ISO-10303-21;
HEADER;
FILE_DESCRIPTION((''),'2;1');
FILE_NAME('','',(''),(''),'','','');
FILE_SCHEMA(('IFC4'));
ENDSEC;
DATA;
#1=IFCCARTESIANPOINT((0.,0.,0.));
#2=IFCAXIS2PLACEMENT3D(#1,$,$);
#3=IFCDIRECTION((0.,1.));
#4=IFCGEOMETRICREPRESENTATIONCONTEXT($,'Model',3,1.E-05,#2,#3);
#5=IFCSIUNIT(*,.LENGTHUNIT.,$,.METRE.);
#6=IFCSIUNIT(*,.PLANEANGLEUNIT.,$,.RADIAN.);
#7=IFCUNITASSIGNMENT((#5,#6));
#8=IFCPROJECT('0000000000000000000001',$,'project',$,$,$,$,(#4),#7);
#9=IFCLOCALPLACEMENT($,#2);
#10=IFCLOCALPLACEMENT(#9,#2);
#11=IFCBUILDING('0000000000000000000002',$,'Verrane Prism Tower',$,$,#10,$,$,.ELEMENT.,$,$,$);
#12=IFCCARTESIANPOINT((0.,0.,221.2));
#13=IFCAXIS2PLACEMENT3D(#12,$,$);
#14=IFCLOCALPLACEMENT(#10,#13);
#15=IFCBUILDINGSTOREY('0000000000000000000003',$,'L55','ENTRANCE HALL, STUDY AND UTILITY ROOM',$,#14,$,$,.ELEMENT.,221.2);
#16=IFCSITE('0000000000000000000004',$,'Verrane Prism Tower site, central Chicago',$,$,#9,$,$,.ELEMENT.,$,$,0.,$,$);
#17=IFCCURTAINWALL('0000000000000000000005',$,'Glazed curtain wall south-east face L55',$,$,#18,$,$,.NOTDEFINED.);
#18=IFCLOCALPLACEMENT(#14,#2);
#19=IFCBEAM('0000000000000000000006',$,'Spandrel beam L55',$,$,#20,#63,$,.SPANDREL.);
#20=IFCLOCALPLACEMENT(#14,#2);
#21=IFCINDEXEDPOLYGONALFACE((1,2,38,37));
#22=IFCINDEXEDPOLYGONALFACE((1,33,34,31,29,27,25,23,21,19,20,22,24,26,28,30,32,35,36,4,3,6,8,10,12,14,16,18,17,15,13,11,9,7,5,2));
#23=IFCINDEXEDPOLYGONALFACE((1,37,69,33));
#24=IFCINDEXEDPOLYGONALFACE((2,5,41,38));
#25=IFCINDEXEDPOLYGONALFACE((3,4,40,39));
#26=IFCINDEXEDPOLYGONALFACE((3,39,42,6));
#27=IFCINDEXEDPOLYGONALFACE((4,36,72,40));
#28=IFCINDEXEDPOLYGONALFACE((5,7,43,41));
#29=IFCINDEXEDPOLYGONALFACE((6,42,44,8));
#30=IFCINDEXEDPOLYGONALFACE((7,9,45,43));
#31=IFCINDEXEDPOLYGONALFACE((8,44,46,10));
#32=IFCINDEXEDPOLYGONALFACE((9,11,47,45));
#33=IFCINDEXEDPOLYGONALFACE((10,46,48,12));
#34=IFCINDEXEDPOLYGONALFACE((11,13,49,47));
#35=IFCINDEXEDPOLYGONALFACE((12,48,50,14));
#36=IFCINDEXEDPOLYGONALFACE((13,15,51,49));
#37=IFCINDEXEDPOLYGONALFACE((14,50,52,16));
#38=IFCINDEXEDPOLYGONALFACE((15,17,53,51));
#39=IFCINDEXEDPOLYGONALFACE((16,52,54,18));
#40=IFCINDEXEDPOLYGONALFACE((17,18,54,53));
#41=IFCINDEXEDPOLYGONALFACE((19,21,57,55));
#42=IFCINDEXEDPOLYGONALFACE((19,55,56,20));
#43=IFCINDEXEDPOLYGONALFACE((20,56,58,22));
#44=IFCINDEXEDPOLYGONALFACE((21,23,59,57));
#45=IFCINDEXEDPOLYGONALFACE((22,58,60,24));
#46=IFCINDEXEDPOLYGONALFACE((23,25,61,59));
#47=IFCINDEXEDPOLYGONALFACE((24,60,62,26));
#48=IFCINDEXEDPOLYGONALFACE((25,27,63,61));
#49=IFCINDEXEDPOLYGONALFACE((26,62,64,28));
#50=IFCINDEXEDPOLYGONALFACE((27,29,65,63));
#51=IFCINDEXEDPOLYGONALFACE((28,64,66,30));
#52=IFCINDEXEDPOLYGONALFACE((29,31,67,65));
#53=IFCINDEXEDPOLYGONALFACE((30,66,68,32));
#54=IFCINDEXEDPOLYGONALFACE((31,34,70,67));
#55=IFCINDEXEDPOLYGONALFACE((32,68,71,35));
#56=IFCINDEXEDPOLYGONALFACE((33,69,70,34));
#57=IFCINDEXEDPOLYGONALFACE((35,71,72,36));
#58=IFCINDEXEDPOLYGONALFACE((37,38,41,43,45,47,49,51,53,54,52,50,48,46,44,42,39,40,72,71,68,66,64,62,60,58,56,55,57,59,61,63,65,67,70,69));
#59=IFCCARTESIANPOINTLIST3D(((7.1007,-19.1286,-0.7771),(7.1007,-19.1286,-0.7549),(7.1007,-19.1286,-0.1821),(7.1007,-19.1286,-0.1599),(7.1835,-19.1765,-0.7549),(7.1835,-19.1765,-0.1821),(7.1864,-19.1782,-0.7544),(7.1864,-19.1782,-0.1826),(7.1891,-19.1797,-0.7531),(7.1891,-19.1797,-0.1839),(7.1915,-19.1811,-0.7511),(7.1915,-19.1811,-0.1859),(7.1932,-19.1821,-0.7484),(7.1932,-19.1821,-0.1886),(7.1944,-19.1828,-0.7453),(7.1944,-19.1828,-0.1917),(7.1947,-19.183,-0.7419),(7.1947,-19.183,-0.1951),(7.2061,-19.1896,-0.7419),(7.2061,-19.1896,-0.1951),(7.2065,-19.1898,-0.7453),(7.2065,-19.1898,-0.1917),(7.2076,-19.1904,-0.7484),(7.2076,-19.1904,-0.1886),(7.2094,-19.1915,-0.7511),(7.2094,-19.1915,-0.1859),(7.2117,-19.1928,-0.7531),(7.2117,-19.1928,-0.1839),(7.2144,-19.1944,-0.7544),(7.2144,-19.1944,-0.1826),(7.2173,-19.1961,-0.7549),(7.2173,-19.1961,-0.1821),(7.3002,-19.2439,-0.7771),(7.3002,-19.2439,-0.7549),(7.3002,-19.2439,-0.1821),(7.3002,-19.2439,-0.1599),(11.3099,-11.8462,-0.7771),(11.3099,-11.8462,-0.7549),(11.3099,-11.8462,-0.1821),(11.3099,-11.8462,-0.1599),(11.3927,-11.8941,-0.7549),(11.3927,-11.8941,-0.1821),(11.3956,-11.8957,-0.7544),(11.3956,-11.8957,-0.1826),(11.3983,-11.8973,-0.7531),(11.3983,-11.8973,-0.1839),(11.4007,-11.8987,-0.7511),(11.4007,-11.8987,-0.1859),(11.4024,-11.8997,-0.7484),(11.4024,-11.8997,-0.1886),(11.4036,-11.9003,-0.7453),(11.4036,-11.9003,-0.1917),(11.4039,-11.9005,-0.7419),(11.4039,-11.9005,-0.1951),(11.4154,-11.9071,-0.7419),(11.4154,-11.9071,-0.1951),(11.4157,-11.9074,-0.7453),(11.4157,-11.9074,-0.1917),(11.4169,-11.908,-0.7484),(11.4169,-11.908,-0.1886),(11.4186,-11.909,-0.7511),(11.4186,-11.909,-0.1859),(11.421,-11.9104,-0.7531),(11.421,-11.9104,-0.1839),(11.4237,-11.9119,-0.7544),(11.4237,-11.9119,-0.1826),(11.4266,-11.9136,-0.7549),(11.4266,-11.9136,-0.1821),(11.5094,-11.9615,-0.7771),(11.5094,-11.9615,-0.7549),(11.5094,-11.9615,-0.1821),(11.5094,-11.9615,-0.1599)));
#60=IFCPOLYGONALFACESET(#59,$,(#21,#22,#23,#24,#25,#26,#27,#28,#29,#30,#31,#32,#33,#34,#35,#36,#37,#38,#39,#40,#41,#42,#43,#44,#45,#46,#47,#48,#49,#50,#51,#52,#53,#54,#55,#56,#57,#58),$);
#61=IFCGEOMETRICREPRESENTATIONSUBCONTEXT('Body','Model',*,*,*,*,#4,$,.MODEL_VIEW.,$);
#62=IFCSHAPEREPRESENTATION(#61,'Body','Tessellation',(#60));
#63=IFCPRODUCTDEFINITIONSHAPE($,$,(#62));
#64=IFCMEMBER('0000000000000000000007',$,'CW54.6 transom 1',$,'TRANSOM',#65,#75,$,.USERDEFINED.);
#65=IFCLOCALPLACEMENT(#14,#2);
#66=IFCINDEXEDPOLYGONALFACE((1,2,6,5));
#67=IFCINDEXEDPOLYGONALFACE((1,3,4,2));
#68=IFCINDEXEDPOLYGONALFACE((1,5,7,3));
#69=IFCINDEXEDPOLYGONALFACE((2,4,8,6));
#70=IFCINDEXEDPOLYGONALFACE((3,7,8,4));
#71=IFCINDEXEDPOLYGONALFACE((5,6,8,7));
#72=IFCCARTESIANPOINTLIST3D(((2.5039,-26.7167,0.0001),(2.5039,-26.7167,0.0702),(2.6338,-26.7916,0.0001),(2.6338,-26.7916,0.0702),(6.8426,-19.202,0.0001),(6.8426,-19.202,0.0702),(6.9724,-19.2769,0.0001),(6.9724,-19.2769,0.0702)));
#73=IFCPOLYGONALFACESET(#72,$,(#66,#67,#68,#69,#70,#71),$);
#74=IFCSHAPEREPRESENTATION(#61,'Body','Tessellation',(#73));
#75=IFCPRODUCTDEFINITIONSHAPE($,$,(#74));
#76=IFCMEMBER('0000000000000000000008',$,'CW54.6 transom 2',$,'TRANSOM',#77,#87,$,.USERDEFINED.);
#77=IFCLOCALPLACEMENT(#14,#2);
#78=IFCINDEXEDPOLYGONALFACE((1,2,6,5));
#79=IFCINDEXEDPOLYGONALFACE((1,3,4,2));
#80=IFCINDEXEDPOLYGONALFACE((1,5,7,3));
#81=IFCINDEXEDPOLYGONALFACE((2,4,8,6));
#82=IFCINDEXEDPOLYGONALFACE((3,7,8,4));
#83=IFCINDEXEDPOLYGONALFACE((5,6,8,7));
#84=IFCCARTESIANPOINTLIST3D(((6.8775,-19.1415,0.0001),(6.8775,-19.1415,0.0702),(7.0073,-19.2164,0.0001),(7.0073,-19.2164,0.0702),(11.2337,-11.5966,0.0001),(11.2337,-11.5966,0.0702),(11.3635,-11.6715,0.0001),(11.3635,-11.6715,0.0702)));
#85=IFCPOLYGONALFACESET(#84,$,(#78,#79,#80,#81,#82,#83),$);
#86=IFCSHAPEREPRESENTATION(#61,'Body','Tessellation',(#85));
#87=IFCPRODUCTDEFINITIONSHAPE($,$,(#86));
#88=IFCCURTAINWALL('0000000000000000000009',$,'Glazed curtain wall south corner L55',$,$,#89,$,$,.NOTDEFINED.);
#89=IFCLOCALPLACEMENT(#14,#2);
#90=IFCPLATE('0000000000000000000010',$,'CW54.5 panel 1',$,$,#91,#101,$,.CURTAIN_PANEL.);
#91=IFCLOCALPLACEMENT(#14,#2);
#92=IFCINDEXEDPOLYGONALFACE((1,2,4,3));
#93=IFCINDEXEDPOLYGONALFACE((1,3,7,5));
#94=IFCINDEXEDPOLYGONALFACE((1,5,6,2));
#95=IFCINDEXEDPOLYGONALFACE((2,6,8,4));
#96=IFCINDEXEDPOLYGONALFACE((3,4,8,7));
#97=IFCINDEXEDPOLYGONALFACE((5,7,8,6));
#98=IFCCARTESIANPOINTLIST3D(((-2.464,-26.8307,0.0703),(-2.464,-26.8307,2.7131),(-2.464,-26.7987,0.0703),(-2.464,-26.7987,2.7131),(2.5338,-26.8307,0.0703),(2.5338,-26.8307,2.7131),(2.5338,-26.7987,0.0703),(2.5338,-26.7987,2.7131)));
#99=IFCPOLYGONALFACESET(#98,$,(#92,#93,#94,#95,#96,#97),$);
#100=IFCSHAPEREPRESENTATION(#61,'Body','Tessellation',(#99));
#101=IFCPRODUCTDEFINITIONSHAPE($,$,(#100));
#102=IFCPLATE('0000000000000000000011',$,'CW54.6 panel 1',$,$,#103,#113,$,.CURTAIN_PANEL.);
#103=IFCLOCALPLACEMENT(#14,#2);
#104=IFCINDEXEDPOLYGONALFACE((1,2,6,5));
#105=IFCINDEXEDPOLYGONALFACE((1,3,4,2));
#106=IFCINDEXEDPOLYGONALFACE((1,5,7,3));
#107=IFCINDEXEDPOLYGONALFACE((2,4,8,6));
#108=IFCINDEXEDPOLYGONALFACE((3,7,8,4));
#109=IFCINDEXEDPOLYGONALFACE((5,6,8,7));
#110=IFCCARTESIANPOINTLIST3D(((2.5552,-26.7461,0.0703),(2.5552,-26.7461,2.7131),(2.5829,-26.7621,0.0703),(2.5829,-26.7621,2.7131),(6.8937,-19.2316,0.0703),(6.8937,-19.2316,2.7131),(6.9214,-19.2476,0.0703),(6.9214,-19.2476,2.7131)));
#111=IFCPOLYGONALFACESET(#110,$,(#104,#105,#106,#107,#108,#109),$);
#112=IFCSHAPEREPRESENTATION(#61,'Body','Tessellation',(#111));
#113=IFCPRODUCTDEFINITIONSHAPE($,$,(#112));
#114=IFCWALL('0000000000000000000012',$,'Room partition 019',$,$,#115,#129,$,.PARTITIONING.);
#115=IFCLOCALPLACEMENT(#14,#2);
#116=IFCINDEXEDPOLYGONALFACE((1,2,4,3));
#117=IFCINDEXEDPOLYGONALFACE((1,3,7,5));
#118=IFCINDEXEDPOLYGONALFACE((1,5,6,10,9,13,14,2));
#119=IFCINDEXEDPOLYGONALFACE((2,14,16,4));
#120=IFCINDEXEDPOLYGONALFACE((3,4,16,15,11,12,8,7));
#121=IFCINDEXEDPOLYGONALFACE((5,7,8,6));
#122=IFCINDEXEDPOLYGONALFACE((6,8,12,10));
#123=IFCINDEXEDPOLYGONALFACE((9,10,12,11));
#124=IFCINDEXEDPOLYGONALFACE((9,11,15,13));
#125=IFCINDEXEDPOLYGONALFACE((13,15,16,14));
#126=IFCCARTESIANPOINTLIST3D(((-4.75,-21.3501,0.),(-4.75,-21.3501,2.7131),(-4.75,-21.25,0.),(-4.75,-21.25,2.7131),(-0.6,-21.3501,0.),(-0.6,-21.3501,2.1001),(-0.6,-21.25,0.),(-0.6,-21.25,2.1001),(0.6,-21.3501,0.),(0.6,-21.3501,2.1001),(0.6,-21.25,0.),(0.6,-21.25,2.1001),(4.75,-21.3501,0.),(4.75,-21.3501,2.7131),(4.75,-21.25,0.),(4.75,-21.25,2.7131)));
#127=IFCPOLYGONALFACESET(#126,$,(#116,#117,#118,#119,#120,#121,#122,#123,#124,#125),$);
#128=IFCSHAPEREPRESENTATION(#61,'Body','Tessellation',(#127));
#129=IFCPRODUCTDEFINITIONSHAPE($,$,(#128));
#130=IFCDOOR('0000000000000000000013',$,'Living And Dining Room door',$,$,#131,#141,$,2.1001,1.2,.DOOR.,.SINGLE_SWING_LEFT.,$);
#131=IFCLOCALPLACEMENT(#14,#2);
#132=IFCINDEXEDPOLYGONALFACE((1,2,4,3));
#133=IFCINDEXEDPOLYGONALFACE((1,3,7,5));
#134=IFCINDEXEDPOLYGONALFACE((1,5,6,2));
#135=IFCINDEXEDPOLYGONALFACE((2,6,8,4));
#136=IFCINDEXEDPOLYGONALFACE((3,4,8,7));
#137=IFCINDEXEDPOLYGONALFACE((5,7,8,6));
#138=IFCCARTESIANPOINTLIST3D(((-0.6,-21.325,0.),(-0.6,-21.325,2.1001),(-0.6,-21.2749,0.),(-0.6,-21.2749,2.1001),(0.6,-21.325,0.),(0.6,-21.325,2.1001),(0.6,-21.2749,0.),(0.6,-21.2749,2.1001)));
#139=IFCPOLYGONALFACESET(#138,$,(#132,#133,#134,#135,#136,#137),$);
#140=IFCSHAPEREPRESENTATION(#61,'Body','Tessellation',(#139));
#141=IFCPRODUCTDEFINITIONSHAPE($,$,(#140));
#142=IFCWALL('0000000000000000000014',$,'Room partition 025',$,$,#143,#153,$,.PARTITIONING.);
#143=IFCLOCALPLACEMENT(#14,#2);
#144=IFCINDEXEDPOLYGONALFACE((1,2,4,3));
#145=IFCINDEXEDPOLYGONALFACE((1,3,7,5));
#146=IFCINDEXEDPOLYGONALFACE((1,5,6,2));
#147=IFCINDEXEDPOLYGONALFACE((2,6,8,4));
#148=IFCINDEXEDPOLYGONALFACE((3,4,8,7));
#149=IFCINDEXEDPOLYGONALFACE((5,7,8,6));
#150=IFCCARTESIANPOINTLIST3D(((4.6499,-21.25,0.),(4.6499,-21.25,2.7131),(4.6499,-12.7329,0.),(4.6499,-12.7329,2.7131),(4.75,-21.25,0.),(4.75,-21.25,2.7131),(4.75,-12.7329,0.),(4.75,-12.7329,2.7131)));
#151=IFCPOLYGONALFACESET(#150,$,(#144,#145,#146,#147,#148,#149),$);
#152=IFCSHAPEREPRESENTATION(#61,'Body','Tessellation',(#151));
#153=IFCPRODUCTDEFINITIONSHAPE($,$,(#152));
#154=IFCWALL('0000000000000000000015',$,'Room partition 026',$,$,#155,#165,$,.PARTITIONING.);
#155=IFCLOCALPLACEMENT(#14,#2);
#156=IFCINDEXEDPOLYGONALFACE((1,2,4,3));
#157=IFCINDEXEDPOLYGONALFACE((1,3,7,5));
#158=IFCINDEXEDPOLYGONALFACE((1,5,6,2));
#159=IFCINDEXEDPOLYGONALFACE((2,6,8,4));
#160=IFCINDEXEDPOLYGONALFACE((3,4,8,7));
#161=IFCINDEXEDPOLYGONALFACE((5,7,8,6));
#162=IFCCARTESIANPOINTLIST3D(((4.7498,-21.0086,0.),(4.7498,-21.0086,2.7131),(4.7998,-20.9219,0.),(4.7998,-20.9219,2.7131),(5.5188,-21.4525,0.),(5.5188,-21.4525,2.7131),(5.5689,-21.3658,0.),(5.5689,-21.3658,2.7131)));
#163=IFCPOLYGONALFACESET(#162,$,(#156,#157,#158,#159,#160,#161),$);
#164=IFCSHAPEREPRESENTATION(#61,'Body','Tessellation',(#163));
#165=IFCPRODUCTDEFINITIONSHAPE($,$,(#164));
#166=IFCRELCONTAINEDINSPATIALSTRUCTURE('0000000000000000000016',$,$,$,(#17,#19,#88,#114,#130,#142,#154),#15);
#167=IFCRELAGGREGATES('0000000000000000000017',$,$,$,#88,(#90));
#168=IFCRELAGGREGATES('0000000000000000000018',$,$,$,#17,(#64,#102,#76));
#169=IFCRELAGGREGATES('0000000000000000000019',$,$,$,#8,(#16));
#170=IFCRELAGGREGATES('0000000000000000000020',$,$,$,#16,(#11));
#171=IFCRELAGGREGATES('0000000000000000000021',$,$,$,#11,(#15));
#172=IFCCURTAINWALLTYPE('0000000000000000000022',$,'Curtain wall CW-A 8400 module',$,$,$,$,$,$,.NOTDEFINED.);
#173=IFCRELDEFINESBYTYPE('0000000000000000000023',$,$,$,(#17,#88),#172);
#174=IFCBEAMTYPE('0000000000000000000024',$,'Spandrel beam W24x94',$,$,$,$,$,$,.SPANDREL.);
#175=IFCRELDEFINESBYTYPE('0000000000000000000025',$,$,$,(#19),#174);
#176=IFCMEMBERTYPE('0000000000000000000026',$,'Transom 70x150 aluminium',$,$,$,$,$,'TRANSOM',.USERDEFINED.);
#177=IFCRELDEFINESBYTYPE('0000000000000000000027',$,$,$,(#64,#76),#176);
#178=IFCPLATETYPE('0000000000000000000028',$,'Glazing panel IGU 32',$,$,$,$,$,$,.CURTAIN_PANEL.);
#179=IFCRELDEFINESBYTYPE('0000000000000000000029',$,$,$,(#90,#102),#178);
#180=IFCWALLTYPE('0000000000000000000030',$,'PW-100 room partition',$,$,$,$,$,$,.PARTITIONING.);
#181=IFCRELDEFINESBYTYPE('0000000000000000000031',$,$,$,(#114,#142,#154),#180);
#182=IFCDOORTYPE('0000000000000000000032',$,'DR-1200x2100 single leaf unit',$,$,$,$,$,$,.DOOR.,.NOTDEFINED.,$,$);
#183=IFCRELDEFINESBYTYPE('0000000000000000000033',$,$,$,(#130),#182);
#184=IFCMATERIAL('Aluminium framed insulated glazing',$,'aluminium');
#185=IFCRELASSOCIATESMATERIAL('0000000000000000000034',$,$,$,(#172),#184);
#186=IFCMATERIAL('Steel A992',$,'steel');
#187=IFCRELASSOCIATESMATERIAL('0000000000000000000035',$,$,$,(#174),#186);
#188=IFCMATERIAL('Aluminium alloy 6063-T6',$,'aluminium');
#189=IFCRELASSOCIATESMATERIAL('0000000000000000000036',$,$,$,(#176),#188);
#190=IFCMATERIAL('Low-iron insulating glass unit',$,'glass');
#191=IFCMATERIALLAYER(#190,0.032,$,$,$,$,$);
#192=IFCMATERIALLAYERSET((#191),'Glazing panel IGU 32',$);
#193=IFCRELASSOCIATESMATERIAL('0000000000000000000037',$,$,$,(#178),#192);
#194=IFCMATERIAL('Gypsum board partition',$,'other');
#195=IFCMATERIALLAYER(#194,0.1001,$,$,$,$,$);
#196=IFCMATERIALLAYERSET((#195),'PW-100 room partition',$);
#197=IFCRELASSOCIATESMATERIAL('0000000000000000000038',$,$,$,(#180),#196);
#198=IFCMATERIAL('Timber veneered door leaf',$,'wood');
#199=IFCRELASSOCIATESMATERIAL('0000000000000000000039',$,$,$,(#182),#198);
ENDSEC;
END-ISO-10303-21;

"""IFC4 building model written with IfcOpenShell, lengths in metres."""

from ifc_helpers import new_model, si_unit, direction, frame, frame_2d, origin, origin_2d, place, context, subcontext, project, spatial, rectangle, i_section, extrude, material, layer, layer_set, material_profile, profile_set, type_object, element, fill, aggregate, save


model = new_model("IFC4")

# Units and contexts
model_context = context("Model", 3, precision=1e-05, world=origin(), true_north=direction((0.0, 1.0)))
body_context = subcontext(model_context, "Body", "Model", "MODEL_VIEW")
ifc_project = project(units=[si_unit("LENGTHUNIT", "METRE"), si_unit("PLANEANGLEUNIT", "RADIAN")], contexts=[model_context])

# Site, building, storey
site_placement = place(None, origin())
site = spatial("IfcSite", under=ifc_project, at=site_placement, Name="Verrane Prism Tower site, central Chicago", CompositionType="ELEMENT", RefElevation=0.0)
building_placement = place(site_placement, origin())
building = spatial("IfcBuilding", under=site, at=building_placement, Name="Verrane Prism Tower", CompositionType="ELEMENT")
storey_placement = place(building_placement, frame((0.0, 0.0, 221.2)))
storey = spatial("IfcBuildingStorey", under=building, at=storey_placement, Name="L55", Description="ENTRANCE HALL, STUDY AND UTILITY ROOM", CompositionType="ELEMENT", Elevation=221.2)

# Curtain wall
ifc_material_1 = material(Name="Aluminium framed insulated glazing", Category="aluminium")
curtain_wall_type = type_object("IfcCurtainWallType", Name="Curtain wall CW-A 8400 module", PredefinedType="NOTDEFINED", material=ifc_material_1)
curtain_wall_1_placement = place(storey_placement, origin())
curtain_wall_1 = element("IfcCurtainWall", 1, at=curtain_wall_1_placement, inside=storey, type_object=curtain_wall_type, Name="Glazed curtain wall south-east face L55", PredefinedType="NOTDEFINED")

# Beam
ifc_material_2 = material(Name="Steel A992", Category="steel")
ifc_material_profile_1 = material_profile(ifc_material_2, i_section(OverallWidth=0.2305, OverallDepth=0.6172, WebThickness=0.0132, FlangeThickness=0.0222, FilletRadius=0.0129, at=origin_2d()), Name="W24x94")
ifc_profile_set_1 = profile_set([ifc_material_profile_1], Name="Steel A992")
beam_type_1 = type_object("IfcBeamType", Name="Spandrel beam W24x94", PredefinedType="SPANDREL", material=ifc_profile_set_1)
beam_1_placement = place(storey_placement, frame((7.2004, -19.1863, -0.4685), z_axis=(0.500418, 0.865784, 0.0), x_axis=(-0.865784, 0.500418, 0.0)))
element("IfcBeam", 2, at=beam_1_placement, inside=storey, type_object=beam_type_1, Name="Spandrel beam L55", PredefinedType="SPANDREL", context=body_context, shape_type="SweptSolid", body=[
    extrude(i_section(OverallWidth=0.2305, OverallDepth=0.6172, WebThickness=0.0132, FlangeThickness=0.0222, FilletRadius=0.0129, at=origin_2d()), origin(), (0.0, 0.0, 1.0), 8.4114),
])

# Members
ifc_material_3 = material(Name="Aluminium alloy 6063-T6", Category="aluminium")
ifc_material_profile_2 = material_profile(ifc_material_3, rectangle(XDim=0.1499, YDim=0.0701, at=origin_2d()), Name="Transom 70x150 aluminium")
ifc_profile_set_2 = profile_set([ifc_material_profile_2], Name="Aluminium alloy 6063-T6")
member_type_1 = type_object("IfcMemberType", Name="Transom 70x150 aluminium", ElementType="TRANSOM", PredefinedType="USERDEFINED", material=ifc_profile_set_2)
member_1_placement = place(storey_placement, frame((2.5688, -26.7542, 0.0352), z_axis=(0.500003, 0.866023, 0.0), x_axis=(-0.866023, 0.500003, 0.0)))
member_1 = element("IfcMember", 3, at=member_1_placement, type_object=member_type_1, Name="CW54.6 transom 1", ObjectType="TRANSOM", PredefinedType="USERDEFINED", context=body_context, shape_type="SweptSolid", body=[
    extrude(rectangle(XDim=0.1499, YDim=0.0701, at=origin_2d()), origin(), (0.0, 0.0, 1.0), 8.6772),
])
member_2_placement = place(storey_placement, frame((6.9424, -19.179, 0.0352), z_axis=(0.500012, 0.866019, 0.0), x_axis=(-0.866019, 0.500012, 0.0)))
member_2 = element("IfcMember", 4, at=member_2_placement, type_object=member_type_1, Name="CW54.6 transom 2", ObjectType="TRANSOM", PredefinedType="USERDEFINED", context=body_context, shape_type="SweptSolid", body=[
    extrude(rectangle(XDim=0.1499, YDim=0.0701, at=origin_2d()), origin(), (0.0, 0.0, 1.0), 8.7122),
])

# Curtain wall, plate
curtain_wall_2_placement = place(storey_placement, origin())
curtain_wall_2 = element("IfcCurtainWall", 5, at=curtain_wall_2_placement, inside=storey, type_object=curtain_wall_type, Name="Glazed curtain wall south corner L55", PredefinedType="NOTDEFINED")
ifc_material_4 = material(Name="Low-iron insulating glass unit", Category="glass")
ifc_layer_1 = layer(ifc_material_4, 0.032)
ifc_layer_set_1 = layer_set([ifc_layer_1], Name="Glazing panel IGU 32")
plate_type = type_object("IfcPlateType", Name="Glazing panel IGU 32", PredefinedType="CURTAIN_PANEL", material=ifc_layer_set_1)
plate_1_placement = place(storey_placement, frame((0.0349, -26.8147, 0.0703), z_axis=(0.0, 0.0, 1.0), x_axis=(1.0, 0.0, 0.0)))
plate_1 = element("IfcPlate", 6, at=plate_1_placement, type_object=plate_type, Name="CW54.5 panel 1", PredefinedType="CURTAIN_PANEL", context=body_context, shape_type="SweptSolid", body=[
    extrude(rectangle(XDim=4.9978, YDim=0.032, at=origin_2d()), origin(), (0.0, 0.0, 1.0), 2.6428),
])
aggregate(curtain_wall_2, [plate_1])

# Plate
plate_2_placement = place(storey_placement, frame((4.7383, -22.9968, 0.0703), z_axis=(0.0, 0.0, 1.0), x_axis=(0.500001, 0.866025, 0.0)))
plate_2 = element("IfcPlate", 7, at=plate_2_placement, type_object=plate_type, Name="CW54.6 panel 1", PredefinedType="CURTAIN_PANEL", context=body_context, shape_type="SweptSolid", body=[
    extrude(rectangle(XDim=8.677, YDim=0.032, at=origin_2d()), origin(), (0.0, 0.0, 1.0), 2.6428),
])
aggregate(curtain_wall_1, [member_1, plate_2, member_2])

# Wall, opening, door
ifc_material_5 = material(Name="Gypsum board partition", Category="other")
ifc_layer_2 = layer(ifc_material_5, 0.1001)
ifc_layer_set_2 = layer_set([ifc_layer_2], Name="PW-100 room partition")
wall_type = type_object("IfcWallType", Name="PW-100 room partition", PredefinedType="PARTITIONING", material=ifc_layer_set_2)
wall_1_placement = place(storey_placement, frame((4.75, -21.3, 0.0), z_axis=(0.0, 0.0, 1.0), x_axis=(-1.0, 0.0, 0.0)))
wall_1 = element("IfcWall", 8, at=wall_1_placement, inside=storey, type_object=wall_type, Name="Room partition 019", PredefinedType="PARTITIONING", context=body_context, shape_type="SweptSolid", body=[
    extrude(rectangle(XDim=9.5, YDim=0.1001, at=frame_2d((4.75, 0.0))), origin(), (0.0, 0.0, 1.0), 2.7131),
])
opening_placement = place(wall_1_placement, frame((4.1499, 0.0, 0.0)))
opening = element("IfcOpeningElement", 9, at=opening_placement, cuts=wall_1, PredefinedType="OPENING", context=body_context, shape_type="SweptSolid", body=[
    extrude(rectangle(XDim=1.2, YDim=2.1001, at=frame_2d((0.6001, 1.05))), frame((0.0, 0.0601, 0.0), z_axis=(0.0, -1.0, 0.0), x_axis=(1.0, 0.0, 0.0)), (0.0, 0.0, 1.0), 0.1201),
])
ifc_material_6 = material(Name="Timber veneered door leaf", Category="wood")
door_type = type_object("IfcDoorType", Name="DR-1200x2100 single leaf unit", OperationType="NOTDEFINED", PredefinedType="DOOR", material=ifc_material_6)
door_placement = place(opening_placement, origin())
door = element("IfcDoor", 10, at=door_placement, inside=storey, type_object=door_type, Name="Living And Dining Room door", OperationType="SINGLE_SWING_LEFT", OverallHeight=2.1001, OverallWidth=1.2, PredefinedType="DOOR", context=body_context, shape_type="SweptSolid", body=[
    extrude(rectangle(XDim=1.2, YDim=2.1001, at=frame_2d((0.6001, 1.05))), frame((0.0, 0.0249, 0.0), z_axis=(0.0, -1.0, 0.0), x_axis=(1.0, 0.0, 0.0)), (0.0, 0.0, 1.0), 0.05),
])
fill(opening, door)

# Walls
wall_2_placement = place(storey_placement, frame((4.7, -21.25, 0.0), z_axis=(0.0, 0.0, 1.0), x_axis=(0.0, 1.0, 0.0)))
element("IfcWall", 11, at=wall_2_placement, inside=storey, type_object=wall_type, Name="Room partition 025", PredefinedType="PARTITIONING", context=body_context, shape_type="SweptSolid", body=[
    extrude(rectangle(XDim=8.5171, YDim=0.1001, at=frame_2d((4.2585, 0.0))), origin(), (0.0, 0.0, 1.0), 2.7131),
])
wall_3_placement = place(storey_placement, frame((4.7749, -20.9653, 0.0), z_axis=(0.0, 0.0, 1.0), x_axis=(0.866103, -0.499865, 0.0)))
element("IfcWall", 12, at=wall_3_placement, inside=storey, type_object=wall_type, Name="Room partition 026", PredefinedType="PARTITIONING", context=body_context, shape_type="SweptSolid", body=[
    extrude(rectangle(XDim=0.8879, YDim=0.1001, at=frame_2d((0.4438, 0.0))), origin(), (0.0, 0.0, 1.0), 2.7131),
])

save(model, "model.ifc")
